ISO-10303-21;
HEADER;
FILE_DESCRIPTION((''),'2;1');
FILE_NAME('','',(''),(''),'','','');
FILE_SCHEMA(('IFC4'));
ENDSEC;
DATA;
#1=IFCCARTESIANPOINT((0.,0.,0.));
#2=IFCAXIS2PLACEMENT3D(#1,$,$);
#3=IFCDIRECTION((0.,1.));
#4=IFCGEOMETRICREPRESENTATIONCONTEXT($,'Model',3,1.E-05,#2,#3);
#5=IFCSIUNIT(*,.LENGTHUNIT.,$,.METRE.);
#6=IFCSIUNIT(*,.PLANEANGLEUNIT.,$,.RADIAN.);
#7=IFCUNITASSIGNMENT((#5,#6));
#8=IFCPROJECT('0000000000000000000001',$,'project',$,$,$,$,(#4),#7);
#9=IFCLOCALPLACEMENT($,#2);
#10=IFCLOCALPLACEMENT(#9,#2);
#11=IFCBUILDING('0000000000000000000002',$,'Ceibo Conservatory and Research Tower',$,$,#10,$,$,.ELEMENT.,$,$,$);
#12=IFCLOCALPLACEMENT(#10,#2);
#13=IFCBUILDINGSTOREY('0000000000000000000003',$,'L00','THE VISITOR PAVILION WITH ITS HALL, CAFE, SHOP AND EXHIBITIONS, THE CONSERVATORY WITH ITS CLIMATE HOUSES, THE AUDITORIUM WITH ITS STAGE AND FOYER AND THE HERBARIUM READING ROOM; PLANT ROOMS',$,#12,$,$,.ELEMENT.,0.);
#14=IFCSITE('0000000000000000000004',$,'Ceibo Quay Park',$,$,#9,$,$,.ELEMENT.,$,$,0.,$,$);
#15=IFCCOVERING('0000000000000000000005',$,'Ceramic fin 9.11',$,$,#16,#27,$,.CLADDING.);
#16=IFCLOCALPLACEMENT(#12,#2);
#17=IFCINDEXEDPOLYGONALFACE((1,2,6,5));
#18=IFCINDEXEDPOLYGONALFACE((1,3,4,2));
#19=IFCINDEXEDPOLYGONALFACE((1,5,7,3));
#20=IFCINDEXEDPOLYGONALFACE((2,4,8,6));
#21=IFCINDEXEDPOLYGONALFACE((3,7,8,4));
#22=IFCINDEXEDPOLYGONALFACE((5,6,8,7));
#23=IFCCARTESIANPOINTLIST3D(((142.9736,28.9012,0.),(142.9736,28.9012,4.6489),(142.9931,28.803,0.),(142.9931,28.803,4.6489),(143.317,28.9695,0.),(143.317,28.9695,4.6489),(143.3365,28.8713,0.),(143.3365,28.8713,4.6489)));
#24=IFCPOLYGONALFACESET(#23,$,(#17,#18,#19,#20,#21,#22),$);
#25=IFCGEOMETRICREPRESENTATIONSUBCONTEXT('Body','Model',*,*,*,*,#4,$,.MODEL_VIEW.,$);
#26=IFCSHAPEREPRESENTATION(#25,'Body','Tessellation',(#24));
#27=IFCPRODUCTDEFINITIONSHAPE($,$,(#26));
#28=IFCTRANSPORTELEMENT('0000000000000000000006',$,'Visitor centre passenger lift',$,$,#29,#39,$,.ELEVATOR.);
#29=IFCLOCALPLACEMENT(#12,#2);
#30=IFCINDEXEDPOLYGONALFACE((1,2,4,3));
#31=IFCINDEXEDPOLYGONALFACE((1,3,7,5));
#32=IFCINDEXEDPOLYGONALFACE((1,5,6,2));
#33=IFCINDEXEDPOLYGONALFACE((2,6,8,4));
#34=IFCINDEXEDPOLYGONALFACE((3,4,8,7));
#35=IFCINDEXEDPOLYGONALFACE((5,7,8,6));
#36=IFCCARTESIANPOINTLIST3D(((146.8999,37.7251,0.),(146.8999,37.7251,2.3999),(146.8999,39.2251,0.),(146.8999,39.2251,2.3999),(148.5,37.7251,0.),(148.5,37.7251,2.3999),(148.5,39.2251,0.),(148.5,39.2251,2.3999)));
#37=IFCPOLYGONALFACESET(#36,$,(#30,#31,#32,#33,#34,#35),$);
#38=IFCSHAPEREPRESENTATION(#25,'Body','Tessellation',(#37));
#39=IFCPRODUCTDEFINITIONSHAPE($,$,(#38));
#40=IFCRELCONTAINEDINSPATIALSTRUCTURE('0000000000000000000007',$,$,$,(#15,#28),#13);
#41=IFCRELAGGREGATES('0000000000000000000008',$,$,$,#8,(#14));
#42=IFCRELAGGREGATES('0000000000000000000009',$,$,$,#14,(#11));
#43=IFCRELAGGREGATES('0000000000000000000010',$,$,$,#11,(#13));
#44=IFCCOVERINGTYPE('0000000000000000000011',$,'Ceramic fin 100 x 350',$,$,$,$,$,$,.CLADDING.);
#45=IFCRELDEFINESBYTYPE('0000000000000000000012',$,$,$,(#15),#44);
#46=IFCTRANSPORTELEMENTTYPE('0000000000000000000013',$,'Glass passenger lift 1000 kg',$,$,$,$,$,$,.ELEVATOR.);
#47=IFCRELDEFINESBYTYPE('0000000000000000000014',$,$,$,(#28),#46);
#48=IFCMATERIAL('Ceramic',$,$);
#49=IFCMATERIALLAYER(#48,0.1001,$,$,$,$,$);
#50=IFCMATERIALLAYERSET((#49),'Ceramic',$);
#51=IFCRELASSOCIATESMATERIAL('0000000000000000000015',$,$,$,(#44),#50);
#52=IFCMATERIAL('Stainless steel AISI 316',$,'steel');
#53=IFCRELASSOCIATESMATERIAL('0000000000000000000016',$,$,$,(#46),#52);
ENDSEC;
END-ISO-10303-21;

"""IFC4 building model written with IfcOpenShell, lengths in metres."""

from ifc_helpers import new_model, si_unit, direction, frame, origin, origin_2d, place, context, subcontext, project, spatial, rectangle, extrude, material, layer, layer_set, type_object, element, save


model = new_model("IFC4")

# Units and contexts
model_context = context("Model", 3, precision=1e-05, world=origin(), true_north=direction((0.0, 1.0)))
body_context = subcontext(model_context, "Body", "Model", "MODEL_VIEW")
ifc_project = project(units=[si_unit("LENGTHUNIT", "METRE"), si_unit("PLANEANGLEUNIT", "RADIAN")], contexts=[model_context])

# Site, building, storey
site_placement = place(None, origin())
site = spatial("IfcSite", under=ifc_project, at=site_placement, Name="Ceibo Quay Park", CompositionType="ELEMENT", RefElevation=0.0)
building_placement = place(site_placement, origin())
building = spatial("IfcBuilding", under=site, at=building_placement, Name="Ceibo Conservatory and Research Tower", CompositionType="ELEMENT")
storey_placement = place(building_placement, origin())
storey = spatial("IfcBuildingStorey", under=building, at=storey_placement, Name="L00", Description="THE VISITOR PAVILION WITH ITS HALL, CAFE, SHOP AND EXHIBITIONS, THE CONSERVATORY WITH ITS CLIMATE HOUSES, THE AUDITORIUM WITH ITS STAGE AND FOYER AND THE HERBARIUM READING ROOM; PLANT ROOMS", CompositionType="ELEMENT", Elevation=0.0)

# Covering
ifc_material_1 = material(Name="Ceramic")
ifc_layer_1 = layer(ifc_material_1, 0.1001)
ifc_layer_set_1 = layer_set([ifc_layer_1], Name="Ceramic")
covering_type = type_object("IfcCoveringType", Name="Ceramic fin 100 x 350", PredefinedType="CLADDING", material=ifc_layer_set_1)
covering_placement = place(storey_placement, frame((143.155, 28.8862, 0.0), z_axis=(0.0, 0.0, 1.0), x_axis=(-0.19509, 0.980785, 0.0)))
element("IfcCovering", 1, at=covering_placement, inside=storey, type_object=covering_type, Name="Ceramic fin 9.11", PredefinedType="CLADDING", context=body_context, shape_type="SweptSolid", body=[
    extrude(rectangle(XDim=0.1001, YDim=0.3501, at=origin_2d()), origin(), (0.0, 0.0, 1.0), 4.6489),
])

# Shared definitions
ifc_material_2 = material(Name="Stainless steel AISI 316", Category="steel")

# Transport element
transport_element_type = type_object("IfcTransportElementType", Name="Glass passenger lift 1000 kg", PredefinedType="ELEVATOR", material=ifc_material_2)
transport_element_placement = place(storey_placement, frame((147.7, 38.4751, 0.0), z_axis=(0.0, 0.0, 1.0), x_axis=(1.0, 0.0, 0.0)))
element("IfcTransportElement", 2, at=transport_element_placement, inside=storey, type_object=transport_element_type, Name="Visitor centre passenger lift", PredefinedType="ELEVATOR", context=body_context, shape_type="SweptSolid", body=[
    extrude(rectangle(XDim=1.6001, YDim=1.5, at=origin_2d()), origin(), (0.0, 0.0, 1.0), 2.3999),
])

save(model, "model.ifc")
